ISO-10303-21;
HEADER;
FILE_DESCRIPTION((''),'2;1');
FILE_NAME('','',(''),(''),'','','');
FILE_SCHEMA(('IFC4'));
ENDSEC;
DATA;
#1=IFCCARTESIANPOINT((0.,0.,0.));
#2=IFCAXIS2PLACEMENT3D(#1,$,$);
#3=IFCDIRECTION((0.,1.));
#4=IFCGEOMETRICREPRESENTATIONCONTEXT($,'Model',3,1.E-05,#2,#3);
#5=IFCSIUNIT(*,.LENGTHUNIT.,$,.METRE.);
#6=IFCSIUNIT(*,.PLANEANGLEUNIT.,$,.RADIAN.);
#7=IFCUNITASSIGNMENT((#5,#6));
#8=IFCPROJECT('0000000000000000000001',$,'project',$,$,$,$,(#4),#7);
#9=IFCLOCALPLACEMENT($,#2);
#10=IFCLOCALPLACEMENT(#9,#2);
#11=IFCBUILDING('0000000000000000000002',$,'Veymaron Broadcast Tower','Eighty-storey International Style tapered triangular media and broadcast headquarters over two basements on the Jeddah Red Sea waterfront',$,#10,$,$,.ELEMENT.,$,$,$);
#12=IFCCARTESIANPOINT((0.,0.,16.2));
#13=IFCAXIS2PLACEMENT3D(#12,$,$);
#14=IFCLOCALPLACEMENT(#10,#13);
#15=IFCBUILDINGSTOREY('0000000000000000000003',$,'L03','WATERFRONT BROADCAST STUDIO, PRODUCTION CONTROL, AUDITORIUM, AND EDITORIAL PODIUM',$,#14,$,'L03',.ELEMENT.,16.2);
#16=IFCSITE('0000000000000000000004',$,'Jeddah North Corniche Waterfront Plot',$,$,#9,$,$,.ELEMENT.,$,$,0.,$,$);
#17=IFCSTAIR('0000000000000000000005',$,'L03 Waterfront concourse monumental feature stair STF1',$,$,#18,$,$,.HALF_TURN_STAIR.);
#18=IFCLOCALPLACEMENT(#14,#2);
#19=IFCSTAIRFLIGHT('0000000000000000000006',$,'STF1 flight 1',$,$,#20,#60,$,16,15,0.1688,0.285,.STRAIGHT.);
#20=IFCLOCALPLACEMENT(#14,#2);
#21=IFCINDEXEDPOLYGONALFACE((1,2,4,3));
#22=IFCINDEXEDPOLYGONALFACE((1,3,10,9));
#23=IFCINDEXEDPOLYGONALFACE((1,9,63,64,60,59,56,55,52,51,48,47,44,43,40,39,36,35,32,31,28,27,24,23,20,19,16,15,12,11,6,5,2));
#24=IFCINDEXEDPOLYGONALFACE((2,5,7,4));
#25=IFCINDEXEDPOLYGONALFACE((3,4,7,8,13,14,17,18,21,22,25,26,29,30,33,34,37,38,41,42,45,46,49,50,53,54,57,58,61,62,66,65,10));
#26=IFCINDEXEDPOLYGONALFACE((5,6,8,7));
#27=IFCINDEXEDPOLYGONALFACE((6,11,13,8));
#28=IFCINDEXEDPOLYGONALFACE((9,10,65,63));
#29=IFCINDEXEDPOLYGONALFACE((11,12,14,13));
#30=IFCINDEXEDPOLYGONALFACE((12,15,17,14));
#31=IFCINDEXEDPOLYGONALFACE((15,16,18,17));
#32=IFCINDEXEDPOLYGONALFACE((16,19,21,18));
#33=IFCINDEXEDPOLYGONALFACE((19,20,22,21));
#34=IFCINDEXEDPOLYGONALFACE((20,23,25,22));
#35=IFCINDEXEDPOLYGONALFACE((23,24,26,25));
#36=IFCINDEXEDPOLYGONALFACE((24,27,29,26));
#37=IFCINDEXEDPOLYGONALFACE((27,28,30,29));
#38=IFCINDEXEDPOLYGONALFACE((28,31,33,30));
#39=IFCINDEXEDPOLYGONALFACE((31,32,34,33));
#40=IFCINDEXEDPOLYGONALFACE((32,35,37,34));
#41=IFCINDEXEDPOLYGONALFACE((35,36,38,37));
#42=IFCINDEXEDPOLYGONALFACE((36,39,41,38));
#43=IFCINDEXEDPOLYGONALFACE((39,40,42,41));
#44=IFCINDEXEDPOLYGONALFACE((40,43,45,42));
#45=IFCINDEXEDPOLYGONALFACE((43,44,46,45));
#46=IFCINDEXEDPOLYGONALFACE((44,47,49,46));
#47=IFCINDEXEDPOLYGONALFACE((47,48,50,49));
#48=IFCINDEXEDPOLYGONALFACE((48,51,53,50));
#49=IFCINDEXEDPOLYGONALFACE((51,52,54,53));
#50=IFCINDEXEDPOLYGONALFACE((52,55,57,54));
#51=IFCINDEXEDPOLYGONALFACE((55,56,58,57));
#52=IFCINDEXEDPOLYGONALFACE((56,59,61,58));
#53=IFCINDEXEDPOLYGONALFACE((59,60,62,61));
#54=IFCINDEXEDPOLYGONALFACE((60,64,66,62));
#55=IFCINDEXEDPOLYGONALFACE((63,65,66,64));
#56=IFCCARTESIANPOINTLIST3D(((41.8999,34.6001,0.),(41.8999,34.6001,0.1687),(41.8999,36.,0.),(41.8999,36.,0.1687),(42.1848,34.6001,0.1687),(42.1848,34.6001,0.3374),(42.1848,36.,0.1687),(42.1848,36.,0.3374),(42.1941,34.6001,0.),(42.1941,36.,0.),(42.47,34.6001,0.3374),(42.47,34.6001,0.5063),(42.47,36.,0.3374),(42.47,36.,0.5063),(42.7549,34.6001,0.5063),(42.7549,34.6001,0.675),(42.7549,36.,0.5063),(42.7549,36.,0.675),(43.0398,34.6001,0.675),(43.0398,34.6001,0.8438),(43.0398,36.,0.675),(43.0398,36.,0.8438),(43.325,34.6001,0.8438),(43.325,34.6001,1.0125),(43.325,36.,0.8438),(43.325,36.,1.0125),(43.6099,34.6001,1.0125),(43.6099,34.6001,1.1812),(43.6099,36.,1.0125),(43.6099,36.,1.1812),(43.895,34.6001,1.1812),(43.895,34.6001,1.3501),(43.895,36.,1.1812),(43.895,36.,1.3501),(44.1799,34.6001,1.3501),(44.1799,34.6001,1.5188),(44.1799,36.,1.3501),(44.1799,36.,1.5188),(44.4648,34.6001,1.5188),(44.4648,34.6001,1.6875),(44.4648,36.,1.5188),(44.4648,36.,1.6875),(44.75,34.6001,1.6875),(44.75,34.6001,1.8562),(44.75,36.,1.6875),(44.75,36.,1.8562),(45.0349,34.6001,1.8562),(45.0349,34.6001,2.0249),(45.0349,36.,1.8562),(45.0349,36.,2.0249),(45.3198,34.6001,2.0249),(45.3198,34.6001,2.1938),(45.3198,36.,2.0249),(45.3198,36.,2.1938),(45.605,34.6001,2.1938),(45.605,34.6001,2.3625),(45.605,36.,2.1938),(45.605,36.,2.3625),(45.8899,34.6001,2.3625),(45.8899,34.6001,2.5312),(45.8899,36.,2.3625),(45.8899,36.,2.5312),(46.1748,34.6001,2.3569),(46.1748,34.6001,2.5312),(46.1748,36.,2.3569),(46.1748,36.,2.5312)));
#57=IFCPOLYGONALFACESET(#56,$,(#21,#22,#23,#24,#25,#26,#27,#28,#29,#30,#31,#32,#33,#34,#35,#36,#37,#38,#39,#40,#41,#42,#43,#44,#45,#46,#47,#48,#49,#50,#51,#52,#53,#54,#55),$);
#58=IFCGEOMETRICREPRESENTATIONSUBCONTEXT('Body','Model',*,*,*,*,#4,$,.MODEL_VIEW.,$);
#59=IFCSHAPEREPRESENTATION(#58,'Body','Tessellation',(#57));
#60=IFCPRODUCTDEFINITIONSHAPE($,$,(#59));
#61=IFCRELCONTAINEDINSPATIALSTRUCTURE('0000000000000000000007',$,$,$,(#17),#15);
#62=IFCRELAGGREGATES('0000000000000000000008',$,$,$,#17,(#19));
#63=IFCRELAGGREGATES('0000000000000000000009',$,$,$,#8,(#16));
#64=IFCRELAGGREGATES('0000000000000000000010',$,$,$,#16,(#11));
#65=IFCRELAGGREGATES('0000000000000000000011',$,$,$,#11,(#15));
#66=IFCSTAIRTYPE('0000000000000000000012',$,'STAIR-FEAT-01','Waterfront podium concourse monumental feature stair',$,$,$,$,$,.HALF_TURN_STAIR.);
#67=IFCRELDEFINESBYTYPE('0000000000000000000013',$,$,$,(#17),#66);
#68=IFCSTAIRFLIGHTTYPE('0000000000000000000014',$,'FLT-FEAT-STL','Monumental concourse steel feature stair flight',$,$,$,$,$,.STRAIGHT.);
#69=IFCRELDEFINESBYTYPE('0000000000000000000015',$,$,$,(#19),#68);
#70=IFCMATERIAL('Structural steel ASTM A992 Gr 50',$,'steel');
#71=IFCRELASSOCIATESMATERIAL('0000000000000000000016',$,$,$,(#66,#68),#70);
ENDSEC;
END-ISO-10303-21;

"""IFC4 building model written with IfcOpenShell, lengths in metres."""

from ifc_helpers import new_model, si_unit, direction, frame, origin, place, context, subcontext, project, spatial, polyline, outline, extrude, material, type_object, element, aggregate, save


model = new_model("IFC4")

# Units and contexts
model_context = context("Model", 3, precision=1e-05, world=origin(), true_north=direction((0.0, 1.0)))
body_context = subcontext(model_context, "Body", "Model", "MODEL_VIEW")
ifc_project = project(units=[si_unit("LENGTHUNIT", "METRE"), si_unit("PLANEANGLEUNIT", "RADIAN")], contexts=[model_context])

# Site, building, storey
site_placement = place(None, origin())
site = spatial("IfcSite", under=ifc_project, at=site_placement, Name="Jeddah North Corniche Waterfront Plot", CompositionType="ELEMENT", RefElevation=0.0)
building_placement = place(site_placement, origin())
building = spatial("IfcBuilding", under=site, at=building_placement, Name="Veymaron Broadcast Tower", Description="Eighty-storey International Style tapered triangular media and broadcast headquarters over two basements on the Jeddah Red Sea waterfront", CompositionType="ELEMENT")
storey_placement = place(building_placement, frame((0.0, 0.0, 16.2)))
storey = spatial("IfcBuildingStorey", under=building, at=storey_placement, Name="L03", Description="WATERFRONT BROADCAST STUDIO, PRODUCTION CONTROL, AUDITORIUM, AND EDITORIAL PODIUM", LongName="L03", CompositionType="ELEMENT", Elevation=16.2)

# Shared definitions
ifc_material_1 = material(Name="Structural steel ASTM A992 Gr 50", Category="steel")

# Stair, stair flight
stair_type_1 = type_object("IfcStairType", Name="STAIR-FEAT-01", Description="Waterfront podium concourse monumental feature stair", PredefinedType="HALF_TURN_STAIR", material=ifc_material_1)
stair_1_placement = place(storey_placement, origin())
stair_1 = element("IfcStair", 1, at=stair_1_placement, inside=storey, type_object=stair_type_1, Name="L03 Waterfront concourse monumental feature stair STF1", PredefinedType="HALF_TURN_STAIR")
stair_flight_type_1 = type_object("IfcStairFlightType", Name="FLT-FEAT-STL", Description="Monumental concourse steel feature stair flight", PredefinedType="STRAIGHT", material=ifc_material_1)
stair_flight_1_placement = place(storey_placement, frame((41.8999, 35.3, 0.0), z_axis=(0.0, 0.0, 1.0), x_axis=(1.0, 0.0, 0.0)))
stair_flight_1 = element("IfcStairFlight", 2, at=stair_flight_1_placement, type_object=stair_flight_type_1, Name="STF1 flight 1", NumberOfRisers=16, NumberOfTreads=15, PredefinedType="STRAIGHT", RiserHeight=0.1688, TreadLength=0.285, context=body_context, shape_type="SweptSolid", body=[
    extrude(outline(polyline([(0.0, 0.0), (0.0, 0.1687), (0.2849, 0.1687), (0.2849, 0.3374), (0.5701, 0.3374), (0.5701, 0.5063), (0.855, 0.5063), (0.855, 0.675), (1.1399, 0.675), (1.1399, 0.8438), (1.425, 0.8438), (1.425, 1.0125), (1.71, 1.0125), (1.71, 1.1812), (1.9951, 1.1812), (1.9951, 1.3501), (2.28, 1.3501), (2.28, 1.5188), (2.5649, 1.5188), (2.5649, 1.6875), (2.8501, 1.6875), (2.8501, 1.8562), (3.135, 1.8562), (3.135, 2.0249), (3.4199, 2.0249), (3.4199, 2.1938), (3.7051, 2.1938), (3.7051, 2.3625), (3.99, 2.3625), (3.99, 2.5312), (4.2749, 2.5312), (4.2749, 2.7), (4.2749, 2.3569), (0.2942, 0.0), (0.0, 0.0)])), frame((0.0, 0.7, 0.0), z_axis=(0.0, -1.0, 0.0), x_axis=(1.0, 0.0, 0.0)), (0.0, 0.0, 1.0), 1.3999),
])
aggregate(stair_1, [stair_flight_1])

save(model, "model.ifc")
